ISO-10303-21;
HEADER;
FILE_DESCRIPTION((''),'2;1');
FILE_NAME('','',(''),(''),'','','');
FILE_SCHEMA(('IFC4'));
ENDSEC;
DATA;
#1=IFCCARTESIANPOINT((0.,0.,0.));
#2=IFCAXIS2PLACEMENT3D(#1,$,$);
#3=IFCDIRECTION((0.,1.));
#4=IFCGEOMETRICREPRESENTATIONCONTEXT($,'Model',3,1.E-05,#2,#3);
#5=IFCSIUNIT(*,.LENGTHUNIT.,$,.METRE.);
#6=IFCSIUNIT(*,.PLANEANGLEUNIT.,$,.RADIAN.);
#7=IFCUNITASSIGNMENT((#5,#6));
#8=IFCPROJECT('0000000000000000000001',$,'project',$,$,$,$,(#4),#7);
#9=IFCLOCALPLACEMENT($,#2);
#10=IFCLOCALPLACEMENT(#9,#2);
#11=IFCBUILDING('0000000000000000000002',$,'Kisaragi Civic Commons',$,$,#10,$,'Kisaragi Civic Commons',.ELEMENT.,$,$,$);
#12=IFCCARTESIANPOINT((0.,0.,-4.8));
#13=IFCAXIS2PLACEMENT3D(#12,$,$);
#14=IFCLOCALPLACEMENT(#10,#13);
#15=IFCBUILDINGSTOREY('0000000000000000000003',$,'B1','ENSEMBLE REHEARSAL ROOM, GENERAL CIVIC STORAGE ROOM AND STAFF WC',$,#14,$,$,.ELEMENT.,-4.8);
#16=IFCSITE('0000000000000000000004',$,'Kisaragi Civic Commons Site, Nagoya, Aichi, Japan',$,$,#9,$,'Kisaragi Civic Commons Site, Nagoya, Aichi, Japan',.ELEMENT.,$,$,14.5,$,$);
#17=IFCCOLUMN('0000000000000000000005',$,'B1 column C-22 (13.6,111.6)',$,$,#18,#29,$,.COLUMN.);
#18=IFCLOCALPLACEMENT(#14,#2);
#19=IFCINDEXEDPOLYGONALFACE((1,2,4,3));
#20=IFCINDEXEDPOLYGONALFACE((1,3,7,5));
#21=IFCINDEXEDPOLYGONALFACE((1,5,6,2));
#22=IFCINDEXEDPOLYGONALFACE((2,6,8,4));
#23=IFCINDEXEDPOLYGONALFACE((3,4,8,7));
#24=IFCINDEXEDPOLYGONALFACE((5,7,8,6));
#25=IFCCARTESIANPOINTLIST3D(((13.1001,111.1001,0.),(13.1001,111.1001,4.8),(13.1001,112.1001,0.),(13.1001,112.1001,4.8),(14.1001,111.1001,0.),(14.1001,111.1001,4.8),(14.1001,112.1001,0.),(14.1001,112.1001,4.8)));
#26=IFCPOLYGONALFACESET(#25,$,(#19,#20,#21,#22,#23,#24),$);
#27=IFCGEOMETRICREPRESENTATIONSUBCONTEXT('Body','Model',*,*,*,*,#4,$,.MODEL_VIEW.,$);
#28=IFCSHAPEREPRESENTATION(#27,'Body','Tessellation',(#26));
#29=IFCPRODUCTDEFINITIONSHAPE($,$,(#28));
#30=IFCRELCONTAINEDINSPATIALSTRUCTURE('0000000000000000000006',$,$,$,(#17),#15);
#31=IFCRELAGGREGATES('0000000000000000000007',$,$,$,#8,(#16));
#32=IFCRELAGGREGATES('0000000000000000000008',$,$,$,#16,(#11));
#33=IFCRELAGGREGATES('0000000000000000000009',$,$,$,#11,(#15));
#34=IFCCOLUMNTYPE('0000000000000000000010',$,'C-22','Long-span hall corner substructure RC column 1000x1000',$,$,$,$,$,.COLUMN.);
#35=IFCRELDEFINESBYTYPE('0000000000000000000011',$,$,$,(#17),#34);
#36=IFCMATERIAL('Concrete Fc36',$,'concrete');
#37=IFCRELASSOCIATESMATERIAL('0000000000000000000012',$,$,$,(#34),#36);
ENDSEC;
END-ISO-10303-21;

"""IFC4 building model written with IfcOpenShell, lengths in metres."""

from ifc_helpers import new_model, si_unit, direction, frame, origin, origin_2d, place, context, subcontext, project, spatial, rectangle, extrude, material, material_profile, profile_set, type_object, element, save


model = new_model("IFC4")

# Units and contexts
model_context = context("Model", 3, precision=1e-05, world=origin(), true_north=direction((0.0, 1.0)))
body_context = subcontext(model_context, "Body", "Model", "MODEL_VIEW")
ifc_project = project(units=[si_unit("LENGTHUNIT", "METRE"), si_unit("PLANEANGLEUNIT", "RADIAN")], contexts=[model_context])

# Site, building, storey
site_placement = place(None, origin())
site = spatial("IfcSite", under=ifc_project, at=site_placement, Name="Kisaragi Civic Commons Site, Nagoya, Aichi, Japan", LongName="Kisaragi Civic Commons Site, Nagoya, Aichi, Japan", CompositionType="ELEMENT", RefElevation=14.5)
building_placement = place(site_placement, origin())
building = spatial("IfcBuilding", under=site, at=building_placement, Name="Kisaragi Civic Commons", LongName="Kisaragi Civic Commons", CompositionType="ELEMENT")
storey_placement = place(building_placement, frame((0.0, 0.0, -4.8)))
storey = spatial("IfcBuildingStorey", under=building, at=storey_placement, Name="B1", Description="ENSEMBLE REHEARSAL ROOM, GENERAL CIVIC STORAGE ROOM AND STAFF WC", CompositionType="ELEMENT", Elevation=-4.8)

# Shared definitions
ifc_material_1 = material(Name="Concrete Fc36", Category="concrete")

# Column
ifc_material_profile_1 = material_profile(ifc_material_1, rectangle(XDim=1.0, YDim=1.0, at=origin_2d()), Name="RC-1000x1000", Category="concrete")
ifc_profile_set_1 = profile_set([ifc_material_profile_1], Name="Concrete Fc36")
column_type_1 = type_object("IfcColumnType", Name="C-22", Description="Long-span hall corner substructure RC column 1000x1000", PredefinedType="COLUMN", material=ifc_profile_set_1)
for number, where, z_axis, x_axis, name in (
    (1, (13.6001, 111.6001, 0.0), (0.0, 0.0, 1.0), (1.0, 0.0, 0.0), "B1 column C-22 (13.6,111.6)"),
):
    element("IfcColumn", number, at=place(storey_placement, frame(where, z_axis=z_axis, x_axis=x_axis)), inside=storey, type_object=column_type_1, Name=name, PredefinedType="COLUMN", context=body_context, shape_type="SweptSolid", body=[
        extrude(rectangle(XDim=1.0, YDim=1.0, at=origin_2d()), origin(), (0.0, 0.0, 1.0), 4.8),
    ])

save(model, "model.ifc")
